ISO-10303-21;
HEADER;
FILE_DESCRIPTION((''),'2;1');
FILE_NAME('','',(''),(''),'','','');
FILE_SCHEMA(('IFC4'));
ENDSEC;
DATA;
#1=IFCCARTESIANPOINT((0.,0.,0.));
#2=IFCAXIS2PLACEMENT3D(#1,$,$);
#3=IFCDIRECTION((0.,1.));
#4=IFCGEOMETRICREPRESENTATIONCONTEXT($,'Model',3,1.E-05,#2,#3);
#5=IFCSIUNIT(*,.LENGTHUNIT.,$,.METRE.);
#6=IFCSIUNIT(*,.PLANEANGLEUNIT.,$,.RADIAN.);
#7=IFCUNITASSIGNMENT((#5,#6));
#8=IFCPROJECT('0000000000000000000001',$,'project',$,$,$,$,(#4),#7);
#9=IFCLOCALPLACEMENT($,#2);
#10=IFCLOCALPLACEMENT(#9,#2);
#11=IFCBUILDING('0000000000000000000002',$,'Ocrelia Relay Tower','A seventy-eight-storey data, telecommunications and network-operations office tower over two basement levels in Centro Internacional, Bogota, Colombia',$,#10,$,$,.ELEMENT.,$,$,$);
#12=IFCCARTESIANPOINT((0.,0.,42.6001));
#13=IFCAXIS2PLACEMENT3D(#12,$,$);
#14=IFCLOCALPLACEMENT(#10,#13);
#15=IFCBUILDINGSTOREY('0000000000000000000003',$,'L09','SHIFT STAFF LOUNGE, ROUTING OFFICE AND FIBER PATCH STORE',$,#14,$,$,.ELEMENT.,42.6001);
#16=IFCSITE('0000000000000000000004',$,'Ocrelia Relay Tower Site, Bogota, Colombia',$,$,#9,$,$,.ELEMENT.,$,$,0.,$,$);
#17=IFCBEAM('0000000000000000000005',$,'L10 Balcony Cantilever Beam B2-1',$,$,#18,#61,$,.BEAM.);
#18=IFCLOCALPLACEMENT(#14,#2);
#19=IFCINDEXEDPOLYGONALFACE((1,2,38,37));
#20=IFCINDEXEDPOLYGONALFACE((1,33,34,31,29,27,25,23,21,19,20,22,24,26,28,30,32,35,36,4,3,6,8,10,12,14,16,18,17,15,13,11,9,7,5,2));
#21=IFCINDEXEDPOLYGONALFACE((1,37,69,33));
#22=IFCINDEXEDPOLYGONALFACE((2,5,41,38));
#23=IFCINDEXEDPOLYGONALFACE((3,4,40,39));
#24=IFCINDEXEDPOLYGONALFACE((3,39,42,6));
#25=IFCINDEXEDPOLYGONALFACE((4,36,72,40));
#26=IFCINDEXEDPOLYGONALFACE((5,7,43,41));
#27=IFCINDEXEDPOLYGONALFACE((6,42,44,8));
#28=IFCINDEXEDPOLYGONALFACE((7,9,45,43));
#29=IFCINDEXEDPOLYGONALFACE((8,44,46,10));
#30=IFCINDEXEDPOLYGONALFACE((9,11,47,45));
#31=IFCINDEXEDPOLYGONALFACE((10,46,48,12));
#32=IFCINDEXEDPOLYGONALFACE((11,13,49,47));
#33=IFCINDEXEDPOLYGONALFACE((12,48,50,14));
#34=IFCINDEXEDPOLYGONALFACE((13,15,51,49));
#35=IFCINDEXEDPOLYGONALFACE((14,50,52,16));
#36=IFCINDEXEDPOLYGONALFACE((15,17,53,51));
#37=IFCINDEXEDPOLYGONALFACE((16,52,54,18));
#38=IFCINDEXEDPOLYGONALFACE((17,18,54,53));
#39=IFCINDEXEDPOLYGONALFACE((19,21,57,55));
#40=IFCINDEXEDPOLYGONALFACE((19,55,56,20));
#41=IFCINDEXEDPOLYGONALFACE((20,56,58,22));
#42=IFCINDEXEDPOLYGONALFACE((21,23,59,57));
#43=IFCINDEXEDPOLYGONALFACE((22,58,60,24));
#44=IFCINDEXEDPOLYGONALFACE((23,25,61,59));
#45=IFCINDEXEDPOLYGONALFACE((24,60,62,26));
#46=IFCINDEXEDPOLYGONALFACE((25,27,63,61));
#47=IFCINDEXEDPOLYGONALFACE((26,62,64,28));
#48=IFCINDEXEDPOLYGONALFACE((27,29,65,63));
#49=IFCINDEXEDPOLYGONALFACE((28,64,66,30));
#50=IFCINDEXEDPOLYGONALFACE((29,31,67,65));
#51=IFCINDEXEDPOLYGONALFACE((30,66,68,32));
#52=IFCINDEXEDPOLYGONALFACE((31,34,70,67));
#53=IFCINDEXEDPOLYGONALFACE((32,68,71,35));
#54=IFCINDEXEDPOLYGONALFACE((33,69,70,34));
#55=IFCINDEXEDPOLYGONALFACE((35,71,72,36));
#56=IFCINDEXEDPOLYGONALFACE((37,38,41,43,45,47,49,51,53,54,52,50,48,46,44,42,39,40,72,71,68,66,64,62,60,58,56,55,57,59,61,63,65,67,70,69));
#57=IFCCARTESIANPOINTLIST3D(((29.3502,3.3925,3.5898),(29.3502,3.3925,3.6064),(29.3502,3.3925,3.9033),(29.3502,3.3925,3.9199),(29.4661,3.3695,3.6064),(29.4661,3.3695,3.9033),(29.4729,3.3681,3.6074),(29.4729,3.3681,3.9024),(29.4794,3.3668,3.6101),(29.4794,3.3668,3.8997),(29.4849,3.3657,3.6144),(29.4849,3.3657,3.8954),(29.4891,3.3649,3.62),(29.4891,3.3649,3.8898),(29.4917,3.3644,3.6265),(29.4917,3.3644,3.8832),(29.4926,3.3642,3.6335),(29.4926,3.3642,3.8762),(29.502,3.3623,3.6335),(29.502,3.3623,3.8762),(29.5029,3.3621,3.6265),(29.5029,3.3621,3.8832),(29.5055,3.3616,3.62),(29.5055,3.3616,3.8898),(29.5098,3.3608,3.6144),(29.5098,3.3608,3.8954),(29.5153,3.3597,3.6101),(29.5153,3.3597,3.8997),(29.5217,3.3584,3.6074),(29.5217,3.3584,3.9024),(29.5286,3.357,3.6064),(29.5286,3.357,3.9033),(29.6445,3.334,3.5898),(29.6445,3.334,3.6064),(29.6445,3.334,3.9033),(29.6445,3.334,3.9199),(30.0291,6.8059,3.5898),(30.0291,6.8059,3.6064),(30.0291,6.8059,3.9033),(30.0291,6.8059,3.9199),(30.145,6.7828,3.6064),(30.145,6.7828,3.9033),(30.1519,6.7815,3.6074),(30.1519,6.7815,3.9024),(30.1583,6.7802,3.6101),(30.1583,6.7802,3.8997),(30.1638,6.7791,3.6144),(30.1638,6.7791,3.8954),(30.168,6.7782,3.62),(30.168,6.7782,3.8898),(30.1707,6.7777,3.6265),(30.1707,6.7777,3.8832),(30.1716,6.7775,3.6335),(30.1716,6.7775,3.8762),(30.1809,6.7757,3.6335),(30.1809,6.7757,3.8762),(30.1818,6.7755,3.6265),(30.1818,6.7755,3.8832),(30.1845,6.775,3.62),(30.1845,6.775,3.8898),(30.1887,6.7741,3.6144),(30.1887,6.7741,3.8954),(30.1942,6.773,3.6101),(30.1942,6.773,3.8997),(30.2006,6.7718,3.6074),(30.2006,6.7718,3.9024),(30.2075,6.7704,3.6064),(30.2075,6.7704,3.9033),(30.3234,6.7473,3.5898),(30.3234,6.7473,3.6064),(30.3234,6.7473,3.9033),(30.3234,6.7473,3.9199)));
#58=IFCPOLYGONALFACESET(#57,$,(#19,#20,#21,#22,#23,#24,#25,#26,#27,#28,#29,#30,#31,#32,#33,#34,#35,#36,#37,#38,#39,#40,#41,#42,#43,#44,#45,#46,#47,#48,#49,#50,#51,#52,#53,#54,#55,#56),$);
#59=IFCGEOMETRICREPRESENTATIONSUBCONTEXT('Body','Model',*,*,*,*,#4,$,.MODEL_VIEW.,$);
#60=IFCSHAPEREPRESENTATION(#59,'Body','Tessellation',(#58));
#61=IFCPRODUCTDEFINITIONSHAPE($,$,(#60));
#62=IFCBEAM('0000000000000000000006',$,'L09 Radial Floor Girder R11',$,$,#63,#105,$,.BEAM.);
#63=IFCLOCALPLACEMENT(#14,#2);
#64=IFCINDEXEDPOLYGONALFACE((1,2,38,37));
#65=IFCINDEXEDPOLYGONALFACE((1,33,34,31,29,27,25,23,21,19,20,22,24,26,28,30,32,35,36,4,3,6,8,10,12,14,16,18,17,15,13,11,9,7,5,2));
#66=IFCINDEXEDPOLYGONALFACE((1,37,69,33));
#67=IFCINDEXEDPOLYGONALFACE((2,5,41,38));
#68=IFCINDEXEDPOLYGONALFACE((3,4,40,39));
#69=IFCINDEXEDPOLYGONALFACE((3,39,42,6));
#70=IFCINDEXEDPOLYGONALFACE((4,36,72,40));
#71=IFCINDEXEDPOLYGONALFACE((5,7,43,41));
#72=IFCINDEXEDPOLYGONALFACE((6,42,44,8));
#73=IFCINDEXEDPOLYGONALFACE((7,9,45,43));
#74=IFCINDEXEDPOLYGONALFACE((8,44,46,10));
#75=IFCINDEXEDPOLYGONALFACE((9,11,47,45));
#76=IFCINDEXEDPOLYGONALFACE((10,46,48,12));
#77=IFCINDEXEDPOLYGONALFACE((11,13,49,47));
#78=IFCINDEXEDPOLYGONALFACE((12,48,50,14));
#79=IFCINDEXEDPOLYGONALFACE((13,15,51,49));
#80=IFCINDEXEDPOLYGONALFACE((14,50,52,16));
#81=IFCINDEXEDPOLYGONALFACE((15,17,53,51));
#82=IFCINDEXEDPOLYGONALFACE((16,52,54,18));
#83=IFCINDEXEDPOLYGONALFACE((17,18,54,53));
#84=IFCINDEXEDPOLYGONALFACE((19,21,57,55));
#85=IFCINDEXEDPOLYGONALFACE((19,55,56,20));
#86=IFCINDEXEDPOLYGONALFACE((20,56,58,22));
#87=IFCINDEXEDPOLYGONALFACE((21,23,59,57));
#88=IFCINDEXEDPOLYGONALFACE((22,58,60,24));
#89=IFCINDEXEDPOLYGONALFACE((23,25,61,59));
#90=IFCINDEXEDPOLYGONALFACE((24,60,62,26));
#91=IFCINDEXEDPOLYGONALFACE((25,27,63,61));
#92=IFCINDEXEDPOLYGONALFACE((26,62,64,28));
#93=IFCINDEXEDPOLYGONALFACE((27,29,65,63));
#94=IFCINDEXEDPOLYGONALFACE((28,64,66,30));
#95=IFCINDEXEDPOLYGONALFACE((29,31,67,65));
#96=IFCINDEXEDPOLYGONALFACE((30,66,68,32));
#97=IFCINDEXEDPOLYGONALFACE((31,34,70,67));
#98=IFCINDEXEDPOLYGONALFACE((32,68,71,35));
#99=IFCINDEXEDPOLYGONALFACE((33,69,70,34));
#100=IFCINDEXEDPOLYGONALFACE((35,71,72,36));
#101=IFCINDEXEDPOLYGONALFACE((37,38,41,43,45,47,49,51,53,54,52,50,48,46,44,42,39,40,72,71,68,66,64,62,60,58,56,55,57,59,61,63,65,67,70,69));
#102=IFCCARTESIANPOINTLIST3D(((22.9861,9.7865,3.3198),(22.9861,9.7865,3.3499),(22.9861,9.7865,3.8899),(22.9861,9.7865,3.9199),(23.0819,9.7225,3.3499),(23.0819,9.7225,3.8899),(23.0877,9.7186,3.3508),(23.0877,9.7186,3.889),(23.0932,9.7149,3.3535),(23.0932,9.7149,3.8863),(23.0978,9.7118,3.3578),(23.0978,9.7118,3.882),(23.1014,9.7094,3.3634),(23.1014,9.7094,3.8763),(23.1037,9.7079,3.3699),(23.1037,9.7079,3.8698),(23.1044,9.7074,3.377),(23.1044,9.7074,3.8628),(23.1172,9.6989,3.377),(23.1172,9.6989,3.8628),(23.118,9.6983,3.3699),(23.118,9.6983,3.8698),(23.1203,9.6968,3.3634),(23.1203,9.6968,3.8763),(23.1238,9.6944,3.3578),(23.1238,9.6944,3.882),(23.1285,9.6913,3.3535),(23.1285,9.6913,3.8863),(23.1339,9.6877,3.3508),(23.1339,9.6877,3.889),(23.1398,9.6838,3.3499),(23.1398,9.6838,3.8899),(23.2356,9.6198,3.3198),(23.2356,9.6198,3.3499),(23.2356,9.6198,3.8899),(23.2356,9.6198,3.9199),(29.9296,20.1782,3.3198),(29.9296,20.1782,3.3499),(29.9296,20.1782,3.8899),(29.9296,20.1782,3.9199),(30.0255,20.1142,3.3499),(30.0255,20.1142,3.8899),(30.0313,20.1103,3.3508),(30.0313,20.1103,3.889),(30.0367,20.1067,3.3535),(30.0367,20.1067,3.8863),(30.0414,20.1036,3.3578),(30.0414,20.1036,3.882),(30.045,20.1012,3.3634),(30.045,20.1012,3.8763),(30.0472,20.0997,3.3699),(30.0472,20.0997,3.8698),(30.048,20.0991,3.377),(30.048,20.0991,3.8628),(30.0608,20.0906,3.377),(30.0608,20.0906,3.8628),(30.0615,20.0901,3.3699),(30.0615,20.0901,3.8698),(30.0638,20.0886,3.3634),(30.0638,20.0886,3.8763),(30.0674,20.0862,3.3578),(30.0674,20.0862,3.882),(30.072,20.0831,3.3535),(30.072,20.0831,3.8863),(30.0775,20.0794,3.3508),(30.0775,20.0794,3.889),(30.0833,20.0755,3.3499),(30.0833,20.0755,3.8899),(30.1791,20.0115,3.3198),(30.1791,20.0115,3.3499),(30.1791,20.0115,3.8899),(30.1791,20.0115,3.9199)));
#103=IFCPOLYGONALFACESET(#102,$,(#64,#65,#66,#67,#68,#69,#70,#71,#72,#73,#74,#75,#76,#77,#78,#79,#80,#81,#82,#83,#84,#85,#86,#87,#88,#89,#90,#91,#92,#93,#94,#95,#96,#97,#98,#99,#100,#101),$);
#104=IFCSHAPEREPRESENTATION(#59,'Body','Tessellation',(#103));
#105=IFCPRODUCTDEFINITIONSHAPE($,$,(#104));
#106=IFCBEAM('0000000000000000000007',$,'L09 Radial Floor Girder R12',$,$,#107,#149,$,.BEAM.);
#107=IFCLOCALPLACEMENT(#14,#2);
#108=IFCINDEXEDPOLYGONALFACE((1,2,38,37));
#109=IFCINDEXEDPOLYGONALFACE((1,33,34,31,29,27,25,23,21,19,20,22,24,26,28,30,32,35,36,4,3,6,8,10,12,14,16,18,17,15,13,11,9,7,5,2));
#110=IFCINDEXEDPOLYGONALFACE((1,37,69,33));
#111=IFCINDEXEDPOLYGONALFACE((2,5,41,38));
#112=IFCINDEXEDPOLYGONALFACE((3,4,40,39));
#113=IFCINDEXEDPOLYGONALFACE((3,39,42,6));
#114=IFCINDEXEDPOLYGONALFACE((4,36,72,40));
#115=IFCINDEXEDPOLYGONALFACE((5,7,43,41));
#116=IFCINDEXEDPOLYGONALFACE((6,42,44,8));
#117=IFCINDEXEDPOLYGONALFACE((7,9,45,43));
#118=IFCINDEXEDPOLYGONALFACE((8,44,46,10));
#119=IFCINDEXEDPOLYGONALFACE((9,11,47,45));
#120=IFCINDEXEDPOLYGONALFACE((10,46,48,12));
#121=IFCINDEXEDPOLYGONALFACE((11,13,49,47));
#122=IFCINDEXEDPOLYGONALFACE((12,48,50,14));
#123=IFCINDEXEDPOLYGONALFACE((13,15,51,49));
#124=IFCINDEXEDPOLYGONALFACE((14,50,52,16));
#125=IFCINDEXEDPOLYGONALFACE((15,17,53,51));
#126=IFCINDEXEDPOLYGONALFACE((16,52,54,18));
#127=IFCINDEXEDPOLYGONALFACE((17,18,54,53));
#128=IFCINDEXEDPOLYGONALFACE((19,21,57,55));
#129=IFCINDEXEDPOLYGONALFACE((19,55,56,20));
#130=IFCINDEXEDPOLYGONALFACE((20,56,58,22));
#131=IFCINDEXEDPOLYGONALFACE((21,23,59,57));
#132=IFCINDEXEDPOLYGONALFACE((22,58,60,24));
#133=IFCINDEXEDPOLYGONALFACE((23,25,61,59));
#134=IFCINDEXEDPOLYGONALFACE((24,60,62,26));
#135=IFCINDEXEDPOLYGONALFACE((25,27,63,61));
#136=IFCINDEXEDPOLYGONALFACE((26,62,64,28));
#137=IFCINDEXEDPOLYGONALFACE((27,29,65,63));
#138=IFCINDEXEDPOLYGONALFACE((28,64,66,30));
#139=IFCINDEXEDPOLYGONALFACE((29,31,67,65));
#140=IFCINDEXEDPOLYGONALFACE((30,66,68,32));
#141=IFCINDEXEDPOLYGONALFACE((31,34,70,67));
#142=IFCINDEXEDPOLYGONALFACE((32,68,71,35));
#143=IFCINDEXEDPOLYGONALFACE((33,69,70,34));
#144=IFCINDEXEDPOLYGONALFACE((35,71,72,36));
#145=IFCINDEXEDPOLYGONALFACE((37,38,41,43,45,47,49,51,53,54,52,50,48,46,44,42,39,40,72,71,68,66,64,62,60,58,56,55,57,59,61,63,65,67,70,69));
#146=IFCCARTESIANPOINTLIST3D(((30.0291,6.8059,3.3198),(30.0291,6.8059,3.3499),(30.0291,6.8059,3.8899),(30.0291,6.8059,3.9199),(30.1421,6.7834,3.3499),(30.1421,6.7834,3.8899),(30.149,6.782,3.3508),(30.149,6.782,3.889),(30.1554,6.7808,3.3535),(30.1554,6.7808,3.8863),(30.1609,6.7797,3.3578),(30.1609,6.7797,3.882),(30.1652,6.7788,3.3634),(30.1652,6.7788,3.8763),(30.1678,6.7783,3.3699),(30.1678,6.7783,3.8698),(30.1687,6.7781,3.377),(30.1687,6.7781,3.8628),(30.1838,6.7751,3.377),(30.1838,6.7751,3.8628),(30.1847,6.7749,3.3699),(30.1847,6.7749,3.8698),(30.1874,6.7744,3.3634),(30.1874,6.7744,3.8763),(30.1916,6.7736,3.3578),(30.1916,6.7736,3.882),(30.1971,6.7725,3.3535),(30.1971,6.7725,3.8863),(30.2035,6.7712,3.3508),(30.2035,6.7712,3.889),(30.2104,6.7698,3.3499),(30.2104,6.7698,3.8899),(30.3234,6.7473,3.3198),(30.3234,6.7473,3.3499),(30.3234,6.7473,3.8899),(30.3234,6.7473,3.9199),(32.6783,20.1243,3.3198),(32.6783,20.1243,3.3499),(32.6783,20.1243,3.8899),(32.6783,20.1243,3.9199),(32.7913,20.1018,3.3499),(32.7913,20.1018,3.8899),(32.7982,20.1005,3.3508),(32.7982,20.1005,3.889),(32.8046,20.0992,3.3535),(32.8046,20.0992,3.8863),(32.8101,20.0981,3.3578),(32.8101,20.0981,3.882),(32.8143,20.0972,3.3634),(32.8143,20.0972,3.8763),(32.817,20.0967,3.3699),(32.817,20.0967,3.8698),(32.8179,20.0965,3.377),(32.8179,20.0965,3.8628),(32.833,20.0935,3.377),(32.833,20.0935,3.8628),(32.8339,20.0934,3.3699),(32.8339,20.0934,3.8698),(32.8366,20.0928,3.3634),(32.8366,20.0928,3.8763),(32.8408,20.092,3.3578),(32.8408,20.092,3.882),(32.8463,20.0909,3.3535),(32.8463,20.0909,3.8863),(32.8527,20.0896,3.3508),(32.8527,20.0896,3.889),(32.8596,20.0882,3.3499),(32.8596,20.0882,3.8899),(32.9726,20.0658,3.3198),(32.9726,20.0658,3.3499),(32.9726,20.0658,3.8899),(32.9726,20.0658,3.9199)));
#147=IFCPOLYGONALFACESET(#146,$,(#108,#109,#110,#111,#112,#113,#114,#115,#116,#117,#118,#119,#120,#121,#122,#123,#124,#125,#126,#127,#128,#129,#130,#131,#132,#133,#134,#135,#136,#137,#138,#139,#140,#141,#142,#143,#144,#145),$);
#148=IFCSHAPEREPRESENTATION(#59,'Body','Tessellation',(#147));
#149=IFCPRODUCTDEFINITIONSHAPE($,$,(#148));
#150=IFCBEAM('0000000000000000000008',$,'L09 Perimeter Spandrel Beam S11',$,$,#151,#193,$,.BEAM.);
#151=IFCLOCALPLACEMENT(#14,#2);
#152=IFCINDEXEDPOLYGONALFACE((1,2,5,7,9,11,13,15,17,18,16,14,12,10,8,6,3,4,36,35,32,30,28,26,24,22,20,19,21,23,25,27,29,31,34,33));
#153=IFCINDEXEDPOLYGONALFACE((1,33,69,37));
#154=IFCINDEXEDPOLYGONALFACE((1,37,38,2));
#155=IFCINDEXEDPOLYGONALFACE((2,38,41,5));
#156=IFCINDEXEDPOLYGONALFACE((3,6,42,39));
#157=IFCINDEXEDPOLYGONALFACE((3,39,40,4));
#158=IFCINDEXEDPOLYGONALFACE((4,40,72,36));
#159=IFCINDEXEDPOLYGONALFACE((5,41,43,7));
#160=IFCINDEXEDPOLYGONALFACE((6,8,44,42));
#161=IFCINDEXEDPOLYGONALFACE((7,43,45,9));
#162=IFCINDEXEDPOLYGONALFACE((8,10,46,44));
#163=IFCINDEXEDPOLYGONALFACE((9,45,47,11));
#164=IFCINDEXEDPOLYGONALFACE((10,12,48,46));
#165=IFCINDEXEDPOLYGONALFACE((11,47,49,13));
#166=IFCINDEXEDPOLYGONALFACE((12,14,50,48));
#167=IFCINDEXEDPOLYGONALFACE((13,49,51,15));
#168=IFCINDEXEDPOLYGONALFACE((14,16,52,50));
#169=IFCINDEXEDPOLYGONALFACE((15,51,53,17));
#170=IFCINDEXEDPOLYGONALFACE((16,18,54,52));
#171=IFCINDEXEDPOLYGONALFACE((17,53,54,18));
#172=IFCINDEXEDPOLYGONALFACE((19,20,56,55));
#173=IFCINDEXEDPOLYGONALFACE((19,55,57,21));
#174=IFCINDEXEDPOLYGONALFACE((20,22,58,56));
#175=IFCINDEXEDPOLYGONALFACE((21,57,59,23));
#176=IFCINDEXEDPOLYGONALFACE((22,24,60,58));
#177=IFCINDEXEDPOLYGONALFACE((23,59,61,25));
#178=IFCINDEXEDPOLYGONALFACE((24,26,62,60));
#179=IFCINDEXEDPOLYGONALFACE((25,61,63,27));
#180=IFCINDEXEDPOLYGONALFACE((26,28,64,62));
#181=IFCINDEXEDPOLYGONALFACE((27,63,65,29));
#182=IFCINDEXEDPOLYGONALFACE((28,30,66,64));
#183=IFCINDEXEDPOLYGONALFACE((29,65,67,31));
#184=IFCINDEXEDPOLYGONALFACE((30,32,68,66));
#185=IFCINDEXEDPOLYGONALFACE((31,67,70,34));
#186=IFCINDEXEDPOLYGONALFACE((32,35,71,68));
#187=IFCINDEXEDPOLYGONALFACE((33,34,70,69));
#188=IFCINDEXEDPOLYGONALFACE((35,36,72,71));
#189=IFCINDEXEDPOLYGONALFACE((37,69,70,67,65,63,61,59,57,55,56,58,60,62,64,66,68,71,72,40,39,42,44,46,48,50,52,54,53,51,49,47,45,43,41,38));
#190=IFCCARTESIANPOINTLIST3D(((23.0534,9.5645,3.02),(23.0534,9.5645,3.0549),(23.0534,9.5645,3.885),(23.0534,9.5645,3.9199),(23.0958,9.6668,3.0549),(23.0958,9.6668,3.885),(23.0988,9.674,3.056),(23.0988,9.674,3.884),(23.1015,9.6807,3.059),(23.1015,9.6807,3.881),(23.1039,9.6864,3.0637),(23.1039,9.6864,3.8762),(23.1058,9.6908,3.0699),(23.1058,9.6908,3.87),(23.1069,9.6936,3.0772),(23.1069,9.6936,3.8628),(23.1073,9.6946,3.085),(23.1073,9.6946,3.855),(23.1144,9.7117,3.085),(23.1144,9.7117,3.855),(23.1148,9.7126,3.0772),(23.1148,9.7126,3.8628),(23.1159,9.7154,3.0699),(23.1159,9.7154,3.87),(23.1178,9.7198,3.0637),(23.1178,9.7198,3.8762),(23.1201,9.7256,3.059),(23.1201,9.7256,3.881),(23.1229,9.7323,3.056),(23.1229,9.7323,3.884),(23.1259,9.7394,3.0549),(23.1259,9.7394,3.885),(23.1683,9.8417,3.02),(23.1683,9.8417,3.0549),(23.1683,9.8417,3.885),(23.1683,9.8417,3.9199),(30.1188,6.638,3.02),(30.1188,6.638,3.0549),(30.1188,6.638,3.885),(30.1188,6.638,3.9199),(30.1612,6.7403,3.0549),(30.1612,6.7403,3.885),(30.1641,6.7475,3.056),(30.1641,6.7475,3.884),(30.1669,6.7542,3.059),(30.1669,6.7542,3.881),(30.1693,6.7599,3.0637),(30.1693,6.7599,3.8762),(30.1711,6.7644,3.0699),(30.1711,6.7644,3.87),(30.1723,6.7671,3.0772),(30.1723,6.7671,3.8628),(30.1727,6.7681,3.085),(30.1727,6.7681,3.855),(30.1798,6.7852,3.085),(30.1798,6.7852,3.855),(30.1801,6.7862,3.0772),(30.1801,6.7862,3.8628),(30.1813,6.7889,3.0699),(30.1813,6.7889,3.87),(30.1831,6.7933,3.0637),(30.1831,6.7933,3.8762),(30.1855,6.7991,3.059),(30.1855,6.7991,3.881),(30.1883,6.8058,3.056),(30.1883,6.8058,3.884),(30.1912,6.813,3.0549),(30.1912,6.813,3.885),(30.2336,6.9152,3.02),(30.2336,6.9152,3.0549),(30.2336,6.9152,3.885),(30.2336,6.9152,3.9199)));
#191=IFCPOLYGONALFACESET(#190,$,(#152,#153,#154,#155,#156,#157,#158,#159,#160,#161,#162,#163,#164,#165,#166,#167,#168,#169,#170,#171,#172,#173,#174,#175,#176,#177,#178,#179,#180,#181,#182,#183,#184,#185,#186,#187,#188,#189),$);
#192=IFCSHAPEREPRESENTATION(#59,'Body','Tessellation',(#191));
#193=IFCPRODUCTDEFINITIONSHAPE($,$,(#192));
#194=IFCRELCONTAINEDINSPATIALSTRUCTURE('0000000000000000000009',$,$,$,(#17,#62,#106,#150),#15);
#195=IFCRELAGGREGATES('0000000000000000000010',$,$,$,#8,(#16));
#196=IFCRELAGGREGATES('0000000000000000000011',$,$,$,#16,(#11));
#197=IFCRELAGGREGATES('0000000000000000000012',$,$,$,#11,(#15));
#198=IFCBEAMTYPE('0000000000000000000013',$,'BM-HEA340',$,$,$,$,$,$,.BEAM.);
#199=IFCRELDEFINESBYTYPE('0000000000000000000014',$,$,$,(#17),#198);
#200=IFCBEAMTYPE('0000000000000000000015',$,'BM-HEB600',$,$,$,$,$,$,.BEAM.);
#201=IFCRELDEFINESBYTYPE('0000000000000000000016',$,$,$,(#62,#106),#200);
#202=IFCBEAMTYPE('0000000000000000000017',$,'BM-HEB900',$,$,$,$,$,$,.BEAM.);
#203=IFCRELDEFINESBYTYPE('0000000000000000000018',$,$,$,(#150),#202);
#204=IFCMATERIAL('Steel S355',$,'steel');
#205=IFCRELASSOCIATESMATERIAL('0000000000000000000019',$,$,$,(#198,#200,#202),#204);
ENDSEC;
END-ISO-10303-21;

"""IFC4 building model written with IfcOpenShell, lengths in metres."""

from ifc_helpers import new_model, si_unit, direction, frame, origin, origin_2d, place, context, subcontext, project, spatial, i_section, extrude, material, material_profile, profile_set, type_object, element, save


model = new_model("IFC4")

# Units and contexts
model_context = context("Model", 3, precision=1e-05, world=origin(), true_north=direction((0.0, 1.0)))
body_context = subcontext(model_context, "Body", "Model", "MODEL_VIEW")
ifc_project = project(units=[si_unit("LENGTHUNIT", "METRE"), si_unit("PLANEANGLEUNIT", "RADIAN")], contexts=[model_context])

# Site, building, storey
site_placement = place(None, origin())
site = spatial("IfcSite", under=ifc_project, at=site_placement, Name="Ocrelia Relay Tower Site, Bogota, Colombia", CompositionType="ELEMENT", RefElevation=0.0)
building_placement = place(site_placement, origin())
building = spatial("IfcBuilding", under=site, at=building_placement, Name="Ocrelia Relay Tower", Description="A seventy-eight-storey data, telecommunications and network-operations office tower over two basement levels in Centro Internacional, Bogota, Colombia", CompositionType="ELEMENT")
storey_placement = place(building_placement, frame((0.0, 0.0, 42.6001)))
storey = spatial("IfcBuildingStorey", under=building, at=storey_placement, Name="L09", Description="SHIFT STAFF LOUNGE, ROUTING OFFICE AND FIBER PATCH STORE", CompositionType="ELEMENT", Elevation=42.6001)

# Beams
ifc_material_1 = material(Name="Steel S355", Category="steel")
ifc_material_profile_1 = material_profile(ifc_material_1, i_section(OverallWidth=0.3, OverallDepth=0.3301, WebThickness=0.0095, FlangeThickness=0.0166, FilletRadius=0.0271, at=origin_2d()), Name="HEA 340")
ifc_profile_set_1 = profile_set([ifc_material_profile_1], Name="Steel S355")
beam_type_1 = type_object("IfcBeamType", Name="BM-HEA340", PredefinedType="BEAM", material=ifc_profile_set_1)
beam_1_placement = place(storey_placement, frame((30.1763, 6.7766, 3.7549), z_axis=(-0.195091, -0.980785, 0.0), x_axis=(0.980785, -0.195091, 0.0)))
element("IfcBeam", 1, at=beam_1_placement, inside=storey, type_object=beam_type_1, Name="L10 Balcony Cantilever Beam B2-1", PredefinedType="BEAM", context=body_context, shape_type="SweptSolid", body=[
    extrude(i_section(OverallWidth=0.3, OverallDepth=0.3301, WebThickness=0.0095, FlangeThickness=0.0166, FilletRadius=0.0271, at=origin_2d()), origin(), (0.0, 0.0, 1.0), 3.4802),
])
ifc_material_profile_2 = material_profile(ifc_material_1, i_section(OverallWidth=0.3, OverallDepth=0.6001, WebThickness=0.0154, FlangeThickness=0.03, FilletRadius=0.0271, at=origin_2d()), Name="HEB 600")
ifc_profile_set_2 = profile_set([ifc_material_profile_2], Name="Steel S355")
beam_type_2 = type_object("IfcBeamType", Name="BM-HEB600", PredefinedType="BEAM", material=ifc_profile_set_2)
beam_2_placement = place(storey_placement, frame((23.1108, 9.7031, 3.6199), z_axis=(0.55557, 0.83147, 0.0), x_axis=(-0.83147, 0.55557, 0.0)))
element("IfcBeam", 2, at=beam_2_placement, inside=storey, type_object=beam_type_2, Name="L09 Radial Floor Girder R11", PredefinedType="BEAM", context=body_context, shape_type="SweptSolid", body=[
    extrude(i_section(OverallWidth=0.3, OverallDepth=0.6001, WebThickness=0.0154, FlangeThickness=0.03, FilletRadius=0.0271, at=origin_2d()), origin(), (0.0, 0.0, 1.0), 12.498),
])
beam_3_placement = place(storey_placement, frame((30.1763, 6.7766, 3.6199), z_axis=(0.195089, 0.980786, 0.0), x_axis=(-0.980786, 0.195089, 0.0)))
element("IfcBeam", 3, at=beam_3_placement, inside=storey, type_object=beam_type_2, Name="L09 Radial Floor Girder R12", PredefinedType="BEAM", context=body_context, shape_type="SweptSolid", body=[
    extrude(i_section(OverallWidth=0.3, OverallDepth=0.6001, WebThickness=0.0154, FlangeThickness=0.03, FilletRadius=0.0271, at=origin_2d()), origin(), (0.0, 0.0, 1.0), 13.5793),
])
ifc_material_profile_3 = material_profile(ifc_material_1, i_section(OverallWidth=0.3, OverallDepth=0.8999, WebThickness=0.0186, FlangeThickness=0.0349, FilletRadius=0.03, at=origin_2d()), Name="HEB 900")
ifc_profile_set_3 = profile_set([ifc_material_profile_3], Name="Steel S355")
beam_type_3 = type_object("IfcBeamType", Name="BM-HEB900", PredefinedType="BEAM", material=ifc_profile_set_3)
for number, where, z_axis, x_axis, name in (
    (4, (23.1108, 9.7031, 3.47), (0.923883, -0.382674, 0.0), (0.382674, 0.923883, 0.0), "L09 Perimeter Spandrel Beam S11"),
):
    element("IfcBeam", number, at=place(storey_placement, frame(where, z_axis=z_axis, x_axis=x_axis)), inside=storey, type_object=beam_type_3, Name=name, PredefinedType="BEAM", context=body_context, shape_type="SweptSolid", body=[
        extrude(i_section(OverallWidth=0.3, OverallDepth=0.8999, WebThickness=0.0186, FlangeThickness=0.0349, FilletRadius=0.03, at=origin_2d()), origin(), (0.0, 0.0, 1.0), 7.6475),
    ])

save(model, "model.ifc")
